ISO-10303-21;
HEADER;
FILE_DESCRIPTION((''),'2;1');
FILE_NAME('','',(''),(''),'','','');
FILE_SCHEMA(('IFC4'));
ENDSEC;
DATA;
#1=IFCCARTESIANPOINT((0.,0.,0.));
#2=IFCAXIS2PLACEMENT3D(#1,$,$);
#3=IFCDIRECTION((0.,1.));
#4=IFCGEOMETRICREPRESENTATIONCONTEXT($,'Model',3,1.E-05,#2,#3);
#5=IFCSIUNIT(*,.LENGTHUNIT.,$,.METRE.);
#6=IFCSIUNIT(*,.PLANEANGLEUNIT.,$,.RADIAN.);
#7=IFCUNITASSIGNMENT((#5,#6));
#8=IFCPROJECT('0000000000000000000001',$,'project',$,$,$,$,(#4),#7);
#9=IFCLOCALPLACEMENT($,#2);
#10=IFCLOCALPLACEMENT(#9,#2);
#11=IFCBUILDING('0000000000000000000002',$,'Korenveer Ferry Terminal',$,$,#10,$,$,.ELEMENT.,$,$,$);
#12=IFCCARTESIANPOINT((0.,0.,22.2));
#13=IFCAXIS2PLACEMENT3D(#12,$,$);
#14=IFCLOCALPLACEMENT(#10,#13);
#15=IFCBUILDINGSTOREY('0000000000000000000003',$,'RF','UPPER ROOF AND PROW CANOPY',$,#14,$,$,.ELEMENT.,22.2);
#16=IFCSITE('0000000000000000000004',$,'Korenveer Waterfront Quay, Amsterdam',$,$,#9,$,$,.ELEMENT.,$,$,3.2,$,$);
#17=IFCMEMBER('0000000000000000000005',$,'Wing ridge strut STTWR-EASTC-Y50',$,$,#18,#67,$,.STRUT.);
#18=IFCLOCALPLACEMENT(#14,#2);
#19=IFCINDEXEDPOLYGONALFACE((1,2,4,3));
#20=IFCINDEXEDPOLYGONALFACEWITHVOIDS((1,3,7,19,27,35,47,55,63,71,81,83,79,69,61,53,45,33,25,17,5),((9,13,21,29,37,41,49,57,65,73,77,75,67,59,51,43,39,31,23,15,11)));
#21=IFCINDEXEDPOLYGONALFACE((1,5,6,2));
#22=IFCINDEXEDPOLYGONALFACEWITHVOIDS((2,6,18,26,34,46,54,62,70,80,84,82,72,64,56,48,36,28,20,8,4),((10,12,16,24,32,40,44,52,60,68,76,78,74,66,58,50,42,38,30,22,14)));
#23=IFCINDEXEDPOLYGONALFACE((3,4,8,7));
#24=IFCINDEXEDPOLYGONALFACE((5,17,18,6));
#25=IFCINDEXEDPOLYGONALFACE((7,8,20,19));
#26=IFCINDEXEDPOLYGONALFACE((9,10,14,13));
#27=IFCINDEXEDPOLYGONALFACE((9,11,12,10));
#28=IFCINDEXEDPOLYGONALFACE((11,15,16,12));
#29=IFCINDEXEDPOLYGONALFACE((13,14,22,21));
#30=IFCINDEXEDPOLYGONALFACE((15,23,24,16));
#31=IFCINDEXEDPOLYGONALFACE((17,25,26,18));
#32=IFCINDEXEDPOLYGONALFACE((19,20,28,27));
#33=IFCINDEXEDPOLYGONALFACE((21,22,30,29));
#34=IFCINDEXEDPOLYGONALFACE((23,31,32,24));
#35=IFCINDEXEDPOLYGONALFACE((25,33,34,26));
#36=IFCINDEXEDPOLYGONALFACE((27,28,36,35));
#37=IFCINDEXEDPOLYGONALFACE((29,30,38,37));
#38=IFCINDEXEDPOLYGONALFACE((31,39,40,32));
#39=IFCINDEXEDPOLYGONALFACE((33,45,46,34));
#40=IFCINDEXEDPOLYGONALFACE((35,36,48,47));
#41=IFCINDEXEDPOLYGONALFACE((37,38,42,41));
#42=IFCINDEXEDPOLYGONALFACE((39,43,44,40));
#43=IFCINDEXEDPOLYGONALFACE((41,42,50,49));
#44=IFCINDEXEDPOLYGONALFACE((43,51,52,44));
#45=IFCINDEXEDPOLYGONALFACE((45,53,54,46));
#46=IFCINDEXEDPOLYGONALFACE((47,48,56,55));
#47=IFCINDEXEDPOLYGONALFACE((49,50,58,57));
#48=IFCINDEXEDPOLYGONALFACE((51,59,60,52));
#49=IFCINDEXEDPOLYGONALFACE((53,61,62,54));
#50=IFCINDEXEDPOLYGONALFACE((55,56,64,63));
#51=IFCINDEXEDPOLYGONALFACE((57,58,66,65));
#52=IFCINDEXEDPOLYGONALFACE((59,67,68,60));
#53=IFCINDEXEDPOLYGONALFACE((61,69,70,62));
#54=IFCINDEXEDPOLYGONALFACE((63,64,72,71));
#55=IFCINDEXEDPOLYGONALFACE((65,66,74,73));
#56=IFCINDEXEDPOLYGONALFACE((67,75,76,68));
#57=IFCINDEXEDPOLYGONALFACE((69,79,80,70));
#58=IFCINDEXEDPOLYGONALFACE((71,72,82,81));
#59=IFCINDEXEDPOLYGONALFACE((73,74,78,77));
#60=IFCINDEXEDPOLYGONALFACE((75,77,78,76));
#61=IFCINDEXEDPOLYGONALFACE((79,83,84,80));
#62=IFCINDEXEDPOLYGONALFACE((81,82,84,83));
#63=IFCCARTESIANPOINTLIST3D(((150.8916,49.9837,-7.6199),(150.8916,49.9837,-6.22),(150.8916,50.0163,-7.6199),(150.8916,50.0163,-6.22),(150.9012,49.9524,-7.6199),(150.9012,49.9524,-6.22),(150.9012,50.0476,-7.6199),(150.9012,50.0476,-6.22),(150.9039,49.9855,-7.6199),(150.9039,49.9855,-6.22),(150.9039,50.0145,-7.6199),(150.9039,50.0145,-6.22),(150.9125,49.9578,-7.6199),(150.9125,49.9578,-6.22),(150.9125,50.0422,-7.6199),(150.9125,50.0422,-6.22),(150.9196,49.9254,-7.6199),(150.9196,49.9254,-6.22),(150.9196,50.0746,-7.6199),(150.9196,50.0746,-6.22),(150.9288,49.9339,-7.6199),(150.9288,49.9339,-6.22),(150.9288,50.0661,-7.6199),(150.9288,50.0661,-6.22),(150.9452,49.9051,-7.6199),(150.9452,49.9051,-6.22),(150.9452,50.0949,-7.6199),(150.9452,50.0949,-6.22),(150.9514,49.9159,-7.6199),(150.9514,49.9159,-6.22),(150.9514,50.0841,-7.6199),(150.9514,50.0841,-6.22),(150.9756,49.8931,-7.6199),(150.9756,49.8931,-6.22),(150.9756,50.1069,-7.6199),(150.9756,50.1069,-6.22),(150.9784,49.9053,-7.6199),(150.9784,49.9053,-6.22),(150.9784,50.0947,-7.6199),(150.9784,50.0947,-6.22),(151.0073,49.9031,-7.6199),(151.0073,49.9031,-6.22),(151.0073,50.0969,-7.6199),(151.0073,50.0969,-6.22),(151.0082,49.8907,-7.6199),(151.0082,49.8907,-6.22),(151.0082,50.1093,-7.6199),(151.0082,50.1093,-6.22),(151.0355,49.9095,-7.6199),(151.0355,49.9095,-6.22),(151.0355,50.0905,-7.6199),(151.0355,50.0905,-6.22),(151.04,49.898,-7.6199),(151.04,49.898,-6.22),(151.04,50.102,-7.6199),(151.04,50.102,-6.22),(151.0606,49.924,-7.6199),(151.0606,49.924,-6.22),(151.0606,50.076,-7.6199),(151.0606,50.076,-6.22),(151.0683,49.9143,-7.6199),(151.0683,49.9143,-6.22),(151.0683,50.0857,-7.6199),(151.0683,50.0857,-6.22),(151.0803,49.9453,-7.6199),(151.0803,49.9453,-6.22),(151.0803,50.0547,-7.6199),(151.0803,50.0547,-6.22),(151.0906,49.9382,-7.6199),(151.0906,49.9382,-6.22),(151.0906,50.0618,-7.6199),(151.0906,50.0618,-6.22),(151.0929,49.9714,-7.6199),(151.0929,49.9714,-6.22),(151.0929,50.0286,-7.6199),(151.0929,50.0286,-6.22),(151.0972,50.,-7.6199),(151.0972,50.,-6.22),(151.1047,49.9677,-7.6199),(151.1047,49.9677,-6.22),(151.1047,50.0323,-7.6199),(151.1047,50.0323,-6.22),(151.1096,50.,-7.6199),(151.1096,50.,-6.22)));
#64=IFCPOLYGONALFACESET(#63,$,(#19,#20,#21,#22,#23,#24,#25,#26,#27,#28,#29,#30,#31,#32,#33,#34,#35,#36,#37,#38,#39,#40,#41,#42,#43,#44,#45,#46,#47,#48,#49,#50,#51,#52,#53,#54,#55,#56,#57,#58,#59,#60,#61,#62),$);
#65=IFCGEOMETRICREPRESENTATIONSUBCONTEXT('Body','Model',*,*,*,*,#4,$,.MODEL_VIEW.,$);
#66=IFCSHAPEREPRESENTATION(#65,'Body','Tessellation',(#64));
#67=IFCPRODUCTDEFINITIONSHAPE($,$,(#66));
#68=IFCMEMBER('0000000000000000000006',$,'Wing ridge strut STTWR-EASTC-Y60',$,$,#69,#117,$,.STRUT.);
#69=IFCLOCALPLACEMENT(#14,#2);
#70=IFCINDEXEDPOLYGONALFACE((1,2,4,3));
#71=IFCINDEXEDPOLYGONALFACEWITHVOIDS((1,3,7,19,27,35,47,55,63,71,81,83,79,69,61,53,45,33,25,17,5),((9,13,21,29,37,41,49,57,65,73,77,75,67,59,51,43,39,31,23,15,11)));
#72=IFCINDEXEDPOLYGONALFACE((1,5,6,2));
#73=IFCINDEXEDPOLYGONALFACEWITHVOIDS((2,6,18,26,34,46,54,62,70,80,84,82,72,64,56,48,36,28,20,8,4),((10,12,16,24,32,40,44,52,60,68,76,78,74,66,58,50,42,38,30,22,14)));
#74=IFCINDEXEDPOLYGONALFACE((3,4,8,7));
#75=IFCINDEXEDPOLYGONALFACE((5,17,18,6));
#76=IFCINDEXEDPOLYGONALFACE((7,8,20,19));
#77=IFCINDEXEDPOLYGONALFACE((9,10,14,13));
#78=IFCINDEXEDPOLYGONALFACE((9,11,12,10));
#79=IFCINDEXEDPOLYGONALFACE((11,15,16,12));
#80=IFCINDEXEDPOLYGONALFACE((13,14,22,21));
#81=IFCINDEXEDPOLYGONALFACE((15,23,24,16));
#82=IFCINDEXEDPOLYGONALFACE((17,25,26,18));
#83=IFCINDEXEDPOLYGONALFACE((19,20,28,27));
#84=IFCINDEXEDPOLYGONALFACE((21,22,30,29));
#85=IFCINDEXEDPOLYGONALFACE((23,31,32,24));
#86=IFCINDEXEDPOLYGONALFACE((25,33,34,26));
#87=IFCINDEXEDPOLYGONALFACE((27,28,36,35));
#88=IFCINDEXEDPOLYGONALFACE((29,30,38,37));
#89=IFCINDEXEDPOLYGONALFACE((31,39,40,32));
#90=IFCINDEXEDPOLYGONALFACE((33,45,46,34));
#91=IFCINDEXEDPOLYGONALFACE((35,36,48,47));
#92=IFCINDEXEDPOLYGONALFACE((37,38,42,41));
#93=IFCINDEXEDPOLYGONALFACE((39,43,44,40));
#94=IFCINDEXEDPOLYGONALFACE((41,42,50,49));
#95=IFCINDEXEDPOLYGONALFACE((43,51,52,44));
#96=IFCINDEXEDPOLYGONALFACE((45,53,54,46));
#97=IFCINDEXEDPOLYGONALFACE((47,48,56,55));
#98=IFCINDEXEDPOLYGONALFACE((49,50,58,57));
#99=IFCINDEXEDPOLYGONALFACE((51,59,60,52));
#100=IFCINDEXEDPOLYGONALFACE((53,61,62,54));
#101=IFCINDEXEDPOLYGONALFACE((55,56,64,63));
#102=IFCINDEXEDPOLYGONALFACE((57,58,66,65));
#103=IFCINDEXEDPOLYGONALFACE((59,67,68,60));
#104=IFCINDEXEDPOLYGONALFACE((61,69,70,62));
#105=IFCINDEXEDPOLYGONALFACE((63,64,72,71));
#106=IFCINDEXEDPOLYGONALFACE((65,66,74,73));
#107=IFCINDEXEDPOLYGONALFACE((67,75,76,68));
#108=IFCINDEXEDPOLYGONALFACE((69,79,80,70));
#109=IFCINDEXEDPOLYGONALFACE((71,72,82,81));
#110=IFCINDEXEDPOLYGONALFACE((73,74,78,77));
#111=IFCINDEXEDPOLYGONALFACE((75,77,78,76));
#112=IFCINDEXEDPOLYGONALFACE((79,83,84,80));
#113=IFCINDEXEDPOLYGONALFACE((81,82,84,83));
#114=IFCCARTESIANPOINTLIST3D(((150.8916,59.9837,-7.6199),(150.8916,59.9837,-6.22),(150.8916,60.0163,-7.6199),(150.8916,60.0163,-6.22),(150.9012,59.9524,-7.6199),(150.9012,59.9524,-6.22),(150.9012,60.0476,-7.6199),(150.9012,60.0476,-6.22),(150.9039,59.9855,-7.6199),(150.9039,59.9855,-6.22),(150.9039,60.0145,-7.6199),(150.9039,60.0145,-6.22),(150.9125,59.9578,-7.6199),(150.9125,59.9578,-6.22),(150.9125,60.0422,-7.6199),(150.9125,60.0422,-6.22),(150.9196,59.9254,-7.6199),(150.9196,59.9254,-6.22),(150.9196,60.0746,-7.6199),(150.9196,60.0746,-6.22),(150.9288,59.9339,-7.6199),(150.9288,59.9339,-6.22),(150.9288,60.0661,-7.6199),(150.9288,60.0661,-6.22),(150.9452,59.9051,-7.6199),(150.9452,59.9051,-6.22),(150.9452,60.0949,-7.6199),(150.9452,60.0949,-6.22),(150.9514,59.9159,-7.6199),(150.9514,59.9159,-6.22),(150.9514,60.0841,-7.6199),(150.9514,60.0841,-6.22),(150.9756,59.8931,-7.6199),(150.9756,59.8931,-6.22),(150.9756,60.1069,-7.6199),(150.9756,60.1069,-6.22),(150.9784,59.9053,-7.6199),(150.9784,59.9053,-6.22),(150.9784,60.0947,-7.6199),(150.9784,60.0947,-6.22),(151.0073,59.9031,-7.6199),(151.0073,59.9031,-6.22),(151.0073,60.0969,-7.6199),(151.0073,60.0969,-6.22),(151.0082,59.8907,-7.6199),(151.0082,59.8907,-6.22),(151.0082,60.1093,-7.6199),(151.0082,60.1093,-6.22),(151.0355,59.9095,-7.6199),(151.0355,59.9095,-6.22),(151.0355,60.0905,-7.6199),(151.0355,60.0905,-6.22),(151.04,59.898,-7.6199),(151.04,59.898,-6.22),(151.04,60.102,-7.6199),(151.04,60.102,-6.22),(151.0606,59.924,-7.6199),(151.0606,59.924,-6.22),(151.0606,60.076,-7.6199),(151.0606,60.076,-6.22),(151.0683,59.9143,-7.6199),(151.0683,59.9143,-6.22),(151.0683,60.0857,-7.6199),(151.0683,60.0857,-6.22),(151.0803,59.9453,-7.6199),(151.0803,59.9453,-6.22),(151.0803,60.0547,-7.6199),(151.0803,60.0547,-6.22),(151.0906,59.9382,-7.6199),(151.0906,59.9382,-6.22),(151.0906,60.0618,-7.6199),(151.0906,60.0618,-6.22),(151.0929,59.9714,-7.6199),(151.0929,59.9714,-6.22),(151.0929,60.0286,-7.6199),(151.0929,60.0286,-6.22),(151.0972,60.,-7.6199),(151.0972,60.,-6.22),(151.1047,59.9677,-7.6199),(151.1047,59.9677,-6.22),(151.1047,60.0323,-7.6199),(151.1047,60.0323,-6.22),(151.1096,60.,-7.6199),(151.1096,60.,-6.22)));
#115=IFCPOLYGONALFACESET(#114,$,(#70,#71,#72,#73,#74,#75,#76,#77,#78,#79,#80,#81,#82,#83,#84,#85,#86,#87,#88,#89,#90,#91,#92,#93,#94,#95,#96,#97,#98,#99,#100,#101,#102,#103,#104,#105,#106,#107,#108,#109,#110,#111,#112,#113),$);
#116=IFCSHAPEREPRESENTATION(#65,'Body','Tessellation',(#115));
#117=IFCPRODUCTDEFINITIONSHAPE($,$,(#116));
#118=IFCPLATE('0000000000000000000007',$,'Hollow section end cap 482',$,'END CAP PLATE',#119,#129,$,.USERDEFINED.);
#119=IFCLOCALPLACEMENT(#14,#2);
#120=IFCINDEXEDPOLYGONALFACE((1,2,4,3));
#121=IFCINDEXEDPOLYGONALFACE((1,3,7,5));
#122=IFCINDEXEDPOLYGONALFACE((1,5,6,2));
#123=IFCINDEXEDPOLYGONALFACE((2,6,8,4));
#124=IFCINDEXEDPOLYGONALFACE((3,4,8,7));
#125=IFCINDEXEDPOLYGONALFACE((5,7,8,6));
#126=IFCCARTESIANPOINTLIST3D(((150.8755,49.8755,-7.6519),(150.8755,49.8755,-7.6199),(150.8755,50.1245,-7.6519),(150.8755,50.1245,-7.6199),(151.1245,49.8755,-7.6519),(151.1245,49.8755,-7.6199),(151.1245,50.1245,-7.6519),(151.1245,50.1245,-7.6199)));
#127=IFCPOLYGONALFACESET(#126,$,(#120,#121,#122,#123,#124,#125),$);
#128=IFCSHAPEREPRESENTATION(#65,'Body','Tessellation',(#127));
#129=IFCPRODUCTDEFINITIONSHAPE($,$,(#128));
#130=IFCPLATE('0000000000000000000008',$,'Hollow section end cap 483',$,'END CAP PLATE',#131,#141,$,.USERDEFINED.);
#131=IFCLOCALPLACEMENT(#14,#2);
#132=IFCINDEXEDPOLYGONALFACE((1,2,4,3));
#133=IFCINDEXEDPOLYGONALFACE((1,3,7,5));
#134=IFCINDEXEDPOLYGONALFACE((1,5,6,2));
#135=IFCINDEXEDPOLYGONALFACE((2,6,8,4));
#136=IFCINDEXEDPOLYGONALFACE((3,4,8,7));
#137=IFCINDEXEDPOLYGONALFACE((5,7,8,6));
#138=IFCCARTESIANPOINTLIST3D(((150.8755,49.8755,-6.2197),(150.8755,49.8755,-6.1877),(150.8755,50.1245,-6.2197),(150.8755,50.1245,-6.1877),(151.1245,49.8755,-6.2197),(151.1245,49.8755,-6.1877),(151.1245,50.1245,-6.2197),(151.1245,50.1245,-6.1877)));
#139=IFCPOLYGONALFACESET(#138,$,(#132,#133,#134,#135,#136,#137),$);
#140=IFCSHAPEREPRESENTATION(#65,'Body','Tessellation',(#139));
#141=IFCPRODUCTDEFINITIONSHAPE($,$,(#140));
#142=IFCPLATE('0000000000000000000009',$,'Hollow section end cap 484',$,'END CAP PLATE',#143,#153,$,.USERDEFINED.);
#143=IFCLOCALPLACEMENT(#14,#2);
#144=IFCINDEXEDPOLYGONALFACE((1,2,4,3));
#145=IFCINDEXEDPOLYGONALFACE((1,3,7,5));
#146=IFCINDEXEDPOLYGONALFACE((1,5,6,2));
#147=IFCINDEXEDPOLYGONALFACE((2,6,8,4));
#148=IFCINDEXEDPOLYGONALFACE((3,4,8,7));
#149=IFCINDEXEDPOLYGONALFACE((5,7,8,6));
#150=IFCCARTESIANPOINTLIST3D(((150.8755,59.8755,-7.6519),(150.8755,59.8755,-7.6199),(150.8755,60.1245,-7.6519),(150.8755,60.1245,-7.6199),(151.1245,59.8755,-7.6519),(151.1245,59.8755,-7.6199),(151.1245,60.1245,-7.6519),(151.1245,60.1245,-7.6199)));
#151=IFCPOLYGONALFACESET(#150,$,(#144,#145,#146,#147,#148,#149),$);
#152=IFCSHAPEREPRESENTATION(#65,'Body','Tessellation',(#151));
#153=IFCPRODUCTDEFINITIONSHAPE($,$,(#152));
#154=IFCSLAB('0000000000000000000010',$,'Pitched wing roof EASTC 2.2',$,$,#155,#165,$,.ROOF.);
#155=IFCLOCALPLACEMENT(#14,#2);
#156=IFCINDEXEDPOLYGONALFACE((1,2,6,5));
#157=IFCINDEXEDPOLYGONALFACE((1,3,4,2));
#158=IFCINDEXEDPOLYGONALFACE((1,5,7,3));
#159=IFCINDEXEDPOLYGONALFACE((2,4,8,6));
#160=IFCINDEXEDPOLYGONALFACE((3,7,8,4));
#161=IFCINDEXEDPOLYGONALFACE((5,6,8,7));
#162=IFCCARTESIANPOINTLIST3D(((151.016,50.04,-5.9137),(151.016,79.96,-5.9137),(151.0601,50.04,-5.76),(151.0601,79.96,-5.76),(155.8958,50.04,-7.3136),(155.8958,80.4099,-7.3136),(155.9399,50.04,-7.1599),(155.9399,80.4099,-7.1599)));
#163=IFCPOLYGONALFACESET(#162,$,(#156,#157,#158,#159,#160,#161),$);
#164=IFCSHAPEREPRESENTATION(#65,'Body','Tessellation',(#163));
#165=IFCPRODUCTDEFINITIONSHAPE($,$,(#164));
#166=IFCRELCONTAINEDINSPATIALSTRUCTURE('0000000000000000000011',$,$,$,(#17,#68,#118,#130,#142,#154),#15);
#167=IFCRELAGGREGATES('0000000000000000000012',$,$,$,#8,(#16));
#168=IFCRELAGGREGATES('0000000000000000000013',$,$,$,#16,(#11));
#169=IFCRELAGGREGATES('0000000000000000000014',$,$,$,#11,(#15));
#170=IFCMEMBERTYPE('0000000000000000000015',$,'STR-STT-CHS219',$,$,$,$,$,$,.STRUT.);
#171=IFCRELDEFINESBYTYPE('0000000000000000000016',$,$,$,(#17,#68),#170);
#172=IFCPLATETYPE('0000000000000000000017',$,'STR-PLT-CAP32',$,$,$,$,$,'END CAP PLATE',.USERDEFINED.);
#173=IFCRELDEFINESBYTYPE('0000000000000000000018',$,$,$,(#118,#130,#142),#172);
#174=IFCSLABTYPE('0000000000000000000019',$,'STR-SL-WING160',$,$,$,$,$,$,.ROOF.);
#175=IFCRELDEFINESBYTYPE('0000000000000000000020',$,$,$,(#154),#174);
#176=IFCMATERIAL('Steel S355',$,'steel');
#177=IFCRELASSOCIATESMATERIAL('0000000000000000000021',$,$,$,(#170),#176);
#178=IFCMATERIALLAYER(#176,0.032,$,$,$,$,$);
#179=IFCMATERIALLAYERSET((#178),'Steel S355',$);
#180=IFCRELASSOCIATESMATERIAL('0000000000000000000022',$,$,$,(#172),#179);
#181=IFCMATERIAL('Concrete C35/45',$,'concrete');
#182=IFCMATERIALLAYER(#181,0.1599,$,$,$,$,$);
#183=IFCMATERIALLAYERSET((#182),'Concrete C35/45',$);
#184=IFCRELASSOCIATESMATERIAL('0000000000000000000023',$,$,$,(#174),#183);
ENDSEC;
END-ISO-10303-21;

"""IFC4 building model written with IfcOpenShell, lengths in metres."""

from ifc_helpers import new_model, si_unit, direction, frame, origin, origin_2d, place, context, subcontext, project, spatial, polyline, rectangle, hollow_circle, outline, extrude, material, layer, layer_set, material_profile, profile_set, type_object, element, save


model = new_model("IFC4")

# Units and contexts
model_context = context("Model", 3, precision=1e-05, world=origin(), true_north=direction((0.0, 1.0)))
body_context = subcontext(model_context, "Body", "Model", "MODEL_VIEW")
ifc_project = project(units=[si_unit("LENGTHUNIT", "METRE"), si_unit("PLANEANGLEUNIT", "RADIAN")], contexts=[model_context])

# Site, building, storey
site_placement = place(None, origin())
site = spatial("IfcSite", under=ifc_project, at=site_placement, Name="Korenveer Waterfront Quay, Amsterdam", CompositionType="ELEMENT", RefElevation=3.2)
building_placement = place(site_placement, origin())
building = spatial("IfcBuilding", under=site, at=building_placement, Name="Korenveer Ferry Terminal", CompositionType="ELEMENT")
storey_placement = place(building_placement, frame((0.0, 0.0, 22.2)))
storey = spatial("IfcBuildingStorey", under=building, at=storey_placement, Name="RF", Description="UPPER ROOF AND PROW CANOPY", CompositionType="ELEMENT", Elevation=22.2)

# Shared definitions
ifc_material_1 = material(Name="Steel S355", Category="steel")

# Members
ifc_material_profile_1 = material_profile(ifc_material_1, hollow_circle(Radius=0.1096, WallThickness=0.0125, at=origin_2d()), Name="CHS 219.1x12.5")
ifc_profile_set_1 = profile_set([ifc_material_profile_1], Name="Steel S355")
member_type_1 = type_object("IfcMemberType", Name="STR-STT-CHS219", PredefinedType="STRUT", material=ifc_profile_set_1)
for number, where, z_axis, x_axis, name in (
    (1, (151.0, 50.0, -7.6199), (0.0, 0.0, 1.0), (1.0, 0.0, 0.0), "Wing ridge strut STTWR-EASTC-Y50"),
    (2, (151.0, 60.0, -7.6199), (0.0, 0.0, 1.0), (1.0, 0.0, 0.0), "Wing ridge strut STTWR-EASTC-Y60"),
):
    element("IfcMember", number, at=place(storey_placement, frame(where, z_axis=z_axis, x_axis=x_axis)), inside=storey, type_object=member_type_1, Name=name, PredefinedType="STRUT", context=body_context, shape_type="SweptSolid", body=[
        extrude(hollow_circle(Radius=0.1096, WallThickness=0.0125, at=origin_2d()), origin(), (0.0, 0.0, 1.0), 1.3999),
    ])

# Plates
ifc_layer_1 = layer(ifc_material_1, 0.032)
ifc_layer_set_1 = layer_set([ifc_layer_1], Name="Steel S355")
plate_type = type_object("IfcPlateType", Name="STR-PLT-CAP32", ElementType="END CAP PLATE", PredefinedType="USERDEFINED", material=ifc_layer_set_1)
for number, where, z_axis, x_axis, name in (
    (3, (151.0, 50.0, -7.6519), (0.0, 0.0, 1.0), (1.0, 0.0, 0.0), "Hollow section end cap 482"),
    (4, (151.0, 50.0, -6.2197), (0.0, 0.0, 1.0), (1.0, 0.0, 0.0), "Hollow section end cap 483"),
    (5, (151.0, 60.0, -7.6519), (0.0, 0.0, 1.0), (1.0, 0.0, 0.0), "Hollow section end cap 484"),
):
    element("IfcPlate", number, at=place(storey_placement, frame(where, z_axis=z_axis, x_axis=x_axis)), inside=storey, type_object=plate_type, Name=name, ObjectType="END CAP PLATE", PredefinedType="USERDEFINED", context=body_context, shape_type="SweptSolid", body=[
        extrude(rectangle(XDim=0.249, YDim=0.249, at=origin_2d()), origin(), (0.0, 0.0, 1.0), 0.032),
    ])

# Slab
ifc_material_2 = material(Name="Concrete C35/45", Category="concrete")
ifc_layer_2 = layer(ifc_material_2, 0.1599)
ifc_layer_set_2 = layer_set([ifc_layer_2], Name="Concrete C35/45")
slab_type = type_object("IfcSlabType", Name="STR-SL-WING160", PredefinedType="ROOF", material=ifc_layer_set_2)
slab_placement = place(storey_placement, frame((151.0601, 50.04, -5.76), z_axis=(0.27575, 0.0, 0.961229), x_axis=(0.961229, 0.0, -0.27575)))
element("IfcSlab", 6, at=slab_placement, inside=storey, type_object=slab_type, Name="Pitched wing roof EASTC 2.2", PredefinedType="ROOF", context=body_context, shape_type="SweptSolid", body=[
    extrude(outline(polyline([(0.0, 0.0), (5.0767, 0.0), (5.0767, 30.3699), (0.0, 29.9199), (0.0, 0.0)])), origin(), (0.0, 0.0, -1.0), 0.1599),
])

save(model, "model.ifc")
